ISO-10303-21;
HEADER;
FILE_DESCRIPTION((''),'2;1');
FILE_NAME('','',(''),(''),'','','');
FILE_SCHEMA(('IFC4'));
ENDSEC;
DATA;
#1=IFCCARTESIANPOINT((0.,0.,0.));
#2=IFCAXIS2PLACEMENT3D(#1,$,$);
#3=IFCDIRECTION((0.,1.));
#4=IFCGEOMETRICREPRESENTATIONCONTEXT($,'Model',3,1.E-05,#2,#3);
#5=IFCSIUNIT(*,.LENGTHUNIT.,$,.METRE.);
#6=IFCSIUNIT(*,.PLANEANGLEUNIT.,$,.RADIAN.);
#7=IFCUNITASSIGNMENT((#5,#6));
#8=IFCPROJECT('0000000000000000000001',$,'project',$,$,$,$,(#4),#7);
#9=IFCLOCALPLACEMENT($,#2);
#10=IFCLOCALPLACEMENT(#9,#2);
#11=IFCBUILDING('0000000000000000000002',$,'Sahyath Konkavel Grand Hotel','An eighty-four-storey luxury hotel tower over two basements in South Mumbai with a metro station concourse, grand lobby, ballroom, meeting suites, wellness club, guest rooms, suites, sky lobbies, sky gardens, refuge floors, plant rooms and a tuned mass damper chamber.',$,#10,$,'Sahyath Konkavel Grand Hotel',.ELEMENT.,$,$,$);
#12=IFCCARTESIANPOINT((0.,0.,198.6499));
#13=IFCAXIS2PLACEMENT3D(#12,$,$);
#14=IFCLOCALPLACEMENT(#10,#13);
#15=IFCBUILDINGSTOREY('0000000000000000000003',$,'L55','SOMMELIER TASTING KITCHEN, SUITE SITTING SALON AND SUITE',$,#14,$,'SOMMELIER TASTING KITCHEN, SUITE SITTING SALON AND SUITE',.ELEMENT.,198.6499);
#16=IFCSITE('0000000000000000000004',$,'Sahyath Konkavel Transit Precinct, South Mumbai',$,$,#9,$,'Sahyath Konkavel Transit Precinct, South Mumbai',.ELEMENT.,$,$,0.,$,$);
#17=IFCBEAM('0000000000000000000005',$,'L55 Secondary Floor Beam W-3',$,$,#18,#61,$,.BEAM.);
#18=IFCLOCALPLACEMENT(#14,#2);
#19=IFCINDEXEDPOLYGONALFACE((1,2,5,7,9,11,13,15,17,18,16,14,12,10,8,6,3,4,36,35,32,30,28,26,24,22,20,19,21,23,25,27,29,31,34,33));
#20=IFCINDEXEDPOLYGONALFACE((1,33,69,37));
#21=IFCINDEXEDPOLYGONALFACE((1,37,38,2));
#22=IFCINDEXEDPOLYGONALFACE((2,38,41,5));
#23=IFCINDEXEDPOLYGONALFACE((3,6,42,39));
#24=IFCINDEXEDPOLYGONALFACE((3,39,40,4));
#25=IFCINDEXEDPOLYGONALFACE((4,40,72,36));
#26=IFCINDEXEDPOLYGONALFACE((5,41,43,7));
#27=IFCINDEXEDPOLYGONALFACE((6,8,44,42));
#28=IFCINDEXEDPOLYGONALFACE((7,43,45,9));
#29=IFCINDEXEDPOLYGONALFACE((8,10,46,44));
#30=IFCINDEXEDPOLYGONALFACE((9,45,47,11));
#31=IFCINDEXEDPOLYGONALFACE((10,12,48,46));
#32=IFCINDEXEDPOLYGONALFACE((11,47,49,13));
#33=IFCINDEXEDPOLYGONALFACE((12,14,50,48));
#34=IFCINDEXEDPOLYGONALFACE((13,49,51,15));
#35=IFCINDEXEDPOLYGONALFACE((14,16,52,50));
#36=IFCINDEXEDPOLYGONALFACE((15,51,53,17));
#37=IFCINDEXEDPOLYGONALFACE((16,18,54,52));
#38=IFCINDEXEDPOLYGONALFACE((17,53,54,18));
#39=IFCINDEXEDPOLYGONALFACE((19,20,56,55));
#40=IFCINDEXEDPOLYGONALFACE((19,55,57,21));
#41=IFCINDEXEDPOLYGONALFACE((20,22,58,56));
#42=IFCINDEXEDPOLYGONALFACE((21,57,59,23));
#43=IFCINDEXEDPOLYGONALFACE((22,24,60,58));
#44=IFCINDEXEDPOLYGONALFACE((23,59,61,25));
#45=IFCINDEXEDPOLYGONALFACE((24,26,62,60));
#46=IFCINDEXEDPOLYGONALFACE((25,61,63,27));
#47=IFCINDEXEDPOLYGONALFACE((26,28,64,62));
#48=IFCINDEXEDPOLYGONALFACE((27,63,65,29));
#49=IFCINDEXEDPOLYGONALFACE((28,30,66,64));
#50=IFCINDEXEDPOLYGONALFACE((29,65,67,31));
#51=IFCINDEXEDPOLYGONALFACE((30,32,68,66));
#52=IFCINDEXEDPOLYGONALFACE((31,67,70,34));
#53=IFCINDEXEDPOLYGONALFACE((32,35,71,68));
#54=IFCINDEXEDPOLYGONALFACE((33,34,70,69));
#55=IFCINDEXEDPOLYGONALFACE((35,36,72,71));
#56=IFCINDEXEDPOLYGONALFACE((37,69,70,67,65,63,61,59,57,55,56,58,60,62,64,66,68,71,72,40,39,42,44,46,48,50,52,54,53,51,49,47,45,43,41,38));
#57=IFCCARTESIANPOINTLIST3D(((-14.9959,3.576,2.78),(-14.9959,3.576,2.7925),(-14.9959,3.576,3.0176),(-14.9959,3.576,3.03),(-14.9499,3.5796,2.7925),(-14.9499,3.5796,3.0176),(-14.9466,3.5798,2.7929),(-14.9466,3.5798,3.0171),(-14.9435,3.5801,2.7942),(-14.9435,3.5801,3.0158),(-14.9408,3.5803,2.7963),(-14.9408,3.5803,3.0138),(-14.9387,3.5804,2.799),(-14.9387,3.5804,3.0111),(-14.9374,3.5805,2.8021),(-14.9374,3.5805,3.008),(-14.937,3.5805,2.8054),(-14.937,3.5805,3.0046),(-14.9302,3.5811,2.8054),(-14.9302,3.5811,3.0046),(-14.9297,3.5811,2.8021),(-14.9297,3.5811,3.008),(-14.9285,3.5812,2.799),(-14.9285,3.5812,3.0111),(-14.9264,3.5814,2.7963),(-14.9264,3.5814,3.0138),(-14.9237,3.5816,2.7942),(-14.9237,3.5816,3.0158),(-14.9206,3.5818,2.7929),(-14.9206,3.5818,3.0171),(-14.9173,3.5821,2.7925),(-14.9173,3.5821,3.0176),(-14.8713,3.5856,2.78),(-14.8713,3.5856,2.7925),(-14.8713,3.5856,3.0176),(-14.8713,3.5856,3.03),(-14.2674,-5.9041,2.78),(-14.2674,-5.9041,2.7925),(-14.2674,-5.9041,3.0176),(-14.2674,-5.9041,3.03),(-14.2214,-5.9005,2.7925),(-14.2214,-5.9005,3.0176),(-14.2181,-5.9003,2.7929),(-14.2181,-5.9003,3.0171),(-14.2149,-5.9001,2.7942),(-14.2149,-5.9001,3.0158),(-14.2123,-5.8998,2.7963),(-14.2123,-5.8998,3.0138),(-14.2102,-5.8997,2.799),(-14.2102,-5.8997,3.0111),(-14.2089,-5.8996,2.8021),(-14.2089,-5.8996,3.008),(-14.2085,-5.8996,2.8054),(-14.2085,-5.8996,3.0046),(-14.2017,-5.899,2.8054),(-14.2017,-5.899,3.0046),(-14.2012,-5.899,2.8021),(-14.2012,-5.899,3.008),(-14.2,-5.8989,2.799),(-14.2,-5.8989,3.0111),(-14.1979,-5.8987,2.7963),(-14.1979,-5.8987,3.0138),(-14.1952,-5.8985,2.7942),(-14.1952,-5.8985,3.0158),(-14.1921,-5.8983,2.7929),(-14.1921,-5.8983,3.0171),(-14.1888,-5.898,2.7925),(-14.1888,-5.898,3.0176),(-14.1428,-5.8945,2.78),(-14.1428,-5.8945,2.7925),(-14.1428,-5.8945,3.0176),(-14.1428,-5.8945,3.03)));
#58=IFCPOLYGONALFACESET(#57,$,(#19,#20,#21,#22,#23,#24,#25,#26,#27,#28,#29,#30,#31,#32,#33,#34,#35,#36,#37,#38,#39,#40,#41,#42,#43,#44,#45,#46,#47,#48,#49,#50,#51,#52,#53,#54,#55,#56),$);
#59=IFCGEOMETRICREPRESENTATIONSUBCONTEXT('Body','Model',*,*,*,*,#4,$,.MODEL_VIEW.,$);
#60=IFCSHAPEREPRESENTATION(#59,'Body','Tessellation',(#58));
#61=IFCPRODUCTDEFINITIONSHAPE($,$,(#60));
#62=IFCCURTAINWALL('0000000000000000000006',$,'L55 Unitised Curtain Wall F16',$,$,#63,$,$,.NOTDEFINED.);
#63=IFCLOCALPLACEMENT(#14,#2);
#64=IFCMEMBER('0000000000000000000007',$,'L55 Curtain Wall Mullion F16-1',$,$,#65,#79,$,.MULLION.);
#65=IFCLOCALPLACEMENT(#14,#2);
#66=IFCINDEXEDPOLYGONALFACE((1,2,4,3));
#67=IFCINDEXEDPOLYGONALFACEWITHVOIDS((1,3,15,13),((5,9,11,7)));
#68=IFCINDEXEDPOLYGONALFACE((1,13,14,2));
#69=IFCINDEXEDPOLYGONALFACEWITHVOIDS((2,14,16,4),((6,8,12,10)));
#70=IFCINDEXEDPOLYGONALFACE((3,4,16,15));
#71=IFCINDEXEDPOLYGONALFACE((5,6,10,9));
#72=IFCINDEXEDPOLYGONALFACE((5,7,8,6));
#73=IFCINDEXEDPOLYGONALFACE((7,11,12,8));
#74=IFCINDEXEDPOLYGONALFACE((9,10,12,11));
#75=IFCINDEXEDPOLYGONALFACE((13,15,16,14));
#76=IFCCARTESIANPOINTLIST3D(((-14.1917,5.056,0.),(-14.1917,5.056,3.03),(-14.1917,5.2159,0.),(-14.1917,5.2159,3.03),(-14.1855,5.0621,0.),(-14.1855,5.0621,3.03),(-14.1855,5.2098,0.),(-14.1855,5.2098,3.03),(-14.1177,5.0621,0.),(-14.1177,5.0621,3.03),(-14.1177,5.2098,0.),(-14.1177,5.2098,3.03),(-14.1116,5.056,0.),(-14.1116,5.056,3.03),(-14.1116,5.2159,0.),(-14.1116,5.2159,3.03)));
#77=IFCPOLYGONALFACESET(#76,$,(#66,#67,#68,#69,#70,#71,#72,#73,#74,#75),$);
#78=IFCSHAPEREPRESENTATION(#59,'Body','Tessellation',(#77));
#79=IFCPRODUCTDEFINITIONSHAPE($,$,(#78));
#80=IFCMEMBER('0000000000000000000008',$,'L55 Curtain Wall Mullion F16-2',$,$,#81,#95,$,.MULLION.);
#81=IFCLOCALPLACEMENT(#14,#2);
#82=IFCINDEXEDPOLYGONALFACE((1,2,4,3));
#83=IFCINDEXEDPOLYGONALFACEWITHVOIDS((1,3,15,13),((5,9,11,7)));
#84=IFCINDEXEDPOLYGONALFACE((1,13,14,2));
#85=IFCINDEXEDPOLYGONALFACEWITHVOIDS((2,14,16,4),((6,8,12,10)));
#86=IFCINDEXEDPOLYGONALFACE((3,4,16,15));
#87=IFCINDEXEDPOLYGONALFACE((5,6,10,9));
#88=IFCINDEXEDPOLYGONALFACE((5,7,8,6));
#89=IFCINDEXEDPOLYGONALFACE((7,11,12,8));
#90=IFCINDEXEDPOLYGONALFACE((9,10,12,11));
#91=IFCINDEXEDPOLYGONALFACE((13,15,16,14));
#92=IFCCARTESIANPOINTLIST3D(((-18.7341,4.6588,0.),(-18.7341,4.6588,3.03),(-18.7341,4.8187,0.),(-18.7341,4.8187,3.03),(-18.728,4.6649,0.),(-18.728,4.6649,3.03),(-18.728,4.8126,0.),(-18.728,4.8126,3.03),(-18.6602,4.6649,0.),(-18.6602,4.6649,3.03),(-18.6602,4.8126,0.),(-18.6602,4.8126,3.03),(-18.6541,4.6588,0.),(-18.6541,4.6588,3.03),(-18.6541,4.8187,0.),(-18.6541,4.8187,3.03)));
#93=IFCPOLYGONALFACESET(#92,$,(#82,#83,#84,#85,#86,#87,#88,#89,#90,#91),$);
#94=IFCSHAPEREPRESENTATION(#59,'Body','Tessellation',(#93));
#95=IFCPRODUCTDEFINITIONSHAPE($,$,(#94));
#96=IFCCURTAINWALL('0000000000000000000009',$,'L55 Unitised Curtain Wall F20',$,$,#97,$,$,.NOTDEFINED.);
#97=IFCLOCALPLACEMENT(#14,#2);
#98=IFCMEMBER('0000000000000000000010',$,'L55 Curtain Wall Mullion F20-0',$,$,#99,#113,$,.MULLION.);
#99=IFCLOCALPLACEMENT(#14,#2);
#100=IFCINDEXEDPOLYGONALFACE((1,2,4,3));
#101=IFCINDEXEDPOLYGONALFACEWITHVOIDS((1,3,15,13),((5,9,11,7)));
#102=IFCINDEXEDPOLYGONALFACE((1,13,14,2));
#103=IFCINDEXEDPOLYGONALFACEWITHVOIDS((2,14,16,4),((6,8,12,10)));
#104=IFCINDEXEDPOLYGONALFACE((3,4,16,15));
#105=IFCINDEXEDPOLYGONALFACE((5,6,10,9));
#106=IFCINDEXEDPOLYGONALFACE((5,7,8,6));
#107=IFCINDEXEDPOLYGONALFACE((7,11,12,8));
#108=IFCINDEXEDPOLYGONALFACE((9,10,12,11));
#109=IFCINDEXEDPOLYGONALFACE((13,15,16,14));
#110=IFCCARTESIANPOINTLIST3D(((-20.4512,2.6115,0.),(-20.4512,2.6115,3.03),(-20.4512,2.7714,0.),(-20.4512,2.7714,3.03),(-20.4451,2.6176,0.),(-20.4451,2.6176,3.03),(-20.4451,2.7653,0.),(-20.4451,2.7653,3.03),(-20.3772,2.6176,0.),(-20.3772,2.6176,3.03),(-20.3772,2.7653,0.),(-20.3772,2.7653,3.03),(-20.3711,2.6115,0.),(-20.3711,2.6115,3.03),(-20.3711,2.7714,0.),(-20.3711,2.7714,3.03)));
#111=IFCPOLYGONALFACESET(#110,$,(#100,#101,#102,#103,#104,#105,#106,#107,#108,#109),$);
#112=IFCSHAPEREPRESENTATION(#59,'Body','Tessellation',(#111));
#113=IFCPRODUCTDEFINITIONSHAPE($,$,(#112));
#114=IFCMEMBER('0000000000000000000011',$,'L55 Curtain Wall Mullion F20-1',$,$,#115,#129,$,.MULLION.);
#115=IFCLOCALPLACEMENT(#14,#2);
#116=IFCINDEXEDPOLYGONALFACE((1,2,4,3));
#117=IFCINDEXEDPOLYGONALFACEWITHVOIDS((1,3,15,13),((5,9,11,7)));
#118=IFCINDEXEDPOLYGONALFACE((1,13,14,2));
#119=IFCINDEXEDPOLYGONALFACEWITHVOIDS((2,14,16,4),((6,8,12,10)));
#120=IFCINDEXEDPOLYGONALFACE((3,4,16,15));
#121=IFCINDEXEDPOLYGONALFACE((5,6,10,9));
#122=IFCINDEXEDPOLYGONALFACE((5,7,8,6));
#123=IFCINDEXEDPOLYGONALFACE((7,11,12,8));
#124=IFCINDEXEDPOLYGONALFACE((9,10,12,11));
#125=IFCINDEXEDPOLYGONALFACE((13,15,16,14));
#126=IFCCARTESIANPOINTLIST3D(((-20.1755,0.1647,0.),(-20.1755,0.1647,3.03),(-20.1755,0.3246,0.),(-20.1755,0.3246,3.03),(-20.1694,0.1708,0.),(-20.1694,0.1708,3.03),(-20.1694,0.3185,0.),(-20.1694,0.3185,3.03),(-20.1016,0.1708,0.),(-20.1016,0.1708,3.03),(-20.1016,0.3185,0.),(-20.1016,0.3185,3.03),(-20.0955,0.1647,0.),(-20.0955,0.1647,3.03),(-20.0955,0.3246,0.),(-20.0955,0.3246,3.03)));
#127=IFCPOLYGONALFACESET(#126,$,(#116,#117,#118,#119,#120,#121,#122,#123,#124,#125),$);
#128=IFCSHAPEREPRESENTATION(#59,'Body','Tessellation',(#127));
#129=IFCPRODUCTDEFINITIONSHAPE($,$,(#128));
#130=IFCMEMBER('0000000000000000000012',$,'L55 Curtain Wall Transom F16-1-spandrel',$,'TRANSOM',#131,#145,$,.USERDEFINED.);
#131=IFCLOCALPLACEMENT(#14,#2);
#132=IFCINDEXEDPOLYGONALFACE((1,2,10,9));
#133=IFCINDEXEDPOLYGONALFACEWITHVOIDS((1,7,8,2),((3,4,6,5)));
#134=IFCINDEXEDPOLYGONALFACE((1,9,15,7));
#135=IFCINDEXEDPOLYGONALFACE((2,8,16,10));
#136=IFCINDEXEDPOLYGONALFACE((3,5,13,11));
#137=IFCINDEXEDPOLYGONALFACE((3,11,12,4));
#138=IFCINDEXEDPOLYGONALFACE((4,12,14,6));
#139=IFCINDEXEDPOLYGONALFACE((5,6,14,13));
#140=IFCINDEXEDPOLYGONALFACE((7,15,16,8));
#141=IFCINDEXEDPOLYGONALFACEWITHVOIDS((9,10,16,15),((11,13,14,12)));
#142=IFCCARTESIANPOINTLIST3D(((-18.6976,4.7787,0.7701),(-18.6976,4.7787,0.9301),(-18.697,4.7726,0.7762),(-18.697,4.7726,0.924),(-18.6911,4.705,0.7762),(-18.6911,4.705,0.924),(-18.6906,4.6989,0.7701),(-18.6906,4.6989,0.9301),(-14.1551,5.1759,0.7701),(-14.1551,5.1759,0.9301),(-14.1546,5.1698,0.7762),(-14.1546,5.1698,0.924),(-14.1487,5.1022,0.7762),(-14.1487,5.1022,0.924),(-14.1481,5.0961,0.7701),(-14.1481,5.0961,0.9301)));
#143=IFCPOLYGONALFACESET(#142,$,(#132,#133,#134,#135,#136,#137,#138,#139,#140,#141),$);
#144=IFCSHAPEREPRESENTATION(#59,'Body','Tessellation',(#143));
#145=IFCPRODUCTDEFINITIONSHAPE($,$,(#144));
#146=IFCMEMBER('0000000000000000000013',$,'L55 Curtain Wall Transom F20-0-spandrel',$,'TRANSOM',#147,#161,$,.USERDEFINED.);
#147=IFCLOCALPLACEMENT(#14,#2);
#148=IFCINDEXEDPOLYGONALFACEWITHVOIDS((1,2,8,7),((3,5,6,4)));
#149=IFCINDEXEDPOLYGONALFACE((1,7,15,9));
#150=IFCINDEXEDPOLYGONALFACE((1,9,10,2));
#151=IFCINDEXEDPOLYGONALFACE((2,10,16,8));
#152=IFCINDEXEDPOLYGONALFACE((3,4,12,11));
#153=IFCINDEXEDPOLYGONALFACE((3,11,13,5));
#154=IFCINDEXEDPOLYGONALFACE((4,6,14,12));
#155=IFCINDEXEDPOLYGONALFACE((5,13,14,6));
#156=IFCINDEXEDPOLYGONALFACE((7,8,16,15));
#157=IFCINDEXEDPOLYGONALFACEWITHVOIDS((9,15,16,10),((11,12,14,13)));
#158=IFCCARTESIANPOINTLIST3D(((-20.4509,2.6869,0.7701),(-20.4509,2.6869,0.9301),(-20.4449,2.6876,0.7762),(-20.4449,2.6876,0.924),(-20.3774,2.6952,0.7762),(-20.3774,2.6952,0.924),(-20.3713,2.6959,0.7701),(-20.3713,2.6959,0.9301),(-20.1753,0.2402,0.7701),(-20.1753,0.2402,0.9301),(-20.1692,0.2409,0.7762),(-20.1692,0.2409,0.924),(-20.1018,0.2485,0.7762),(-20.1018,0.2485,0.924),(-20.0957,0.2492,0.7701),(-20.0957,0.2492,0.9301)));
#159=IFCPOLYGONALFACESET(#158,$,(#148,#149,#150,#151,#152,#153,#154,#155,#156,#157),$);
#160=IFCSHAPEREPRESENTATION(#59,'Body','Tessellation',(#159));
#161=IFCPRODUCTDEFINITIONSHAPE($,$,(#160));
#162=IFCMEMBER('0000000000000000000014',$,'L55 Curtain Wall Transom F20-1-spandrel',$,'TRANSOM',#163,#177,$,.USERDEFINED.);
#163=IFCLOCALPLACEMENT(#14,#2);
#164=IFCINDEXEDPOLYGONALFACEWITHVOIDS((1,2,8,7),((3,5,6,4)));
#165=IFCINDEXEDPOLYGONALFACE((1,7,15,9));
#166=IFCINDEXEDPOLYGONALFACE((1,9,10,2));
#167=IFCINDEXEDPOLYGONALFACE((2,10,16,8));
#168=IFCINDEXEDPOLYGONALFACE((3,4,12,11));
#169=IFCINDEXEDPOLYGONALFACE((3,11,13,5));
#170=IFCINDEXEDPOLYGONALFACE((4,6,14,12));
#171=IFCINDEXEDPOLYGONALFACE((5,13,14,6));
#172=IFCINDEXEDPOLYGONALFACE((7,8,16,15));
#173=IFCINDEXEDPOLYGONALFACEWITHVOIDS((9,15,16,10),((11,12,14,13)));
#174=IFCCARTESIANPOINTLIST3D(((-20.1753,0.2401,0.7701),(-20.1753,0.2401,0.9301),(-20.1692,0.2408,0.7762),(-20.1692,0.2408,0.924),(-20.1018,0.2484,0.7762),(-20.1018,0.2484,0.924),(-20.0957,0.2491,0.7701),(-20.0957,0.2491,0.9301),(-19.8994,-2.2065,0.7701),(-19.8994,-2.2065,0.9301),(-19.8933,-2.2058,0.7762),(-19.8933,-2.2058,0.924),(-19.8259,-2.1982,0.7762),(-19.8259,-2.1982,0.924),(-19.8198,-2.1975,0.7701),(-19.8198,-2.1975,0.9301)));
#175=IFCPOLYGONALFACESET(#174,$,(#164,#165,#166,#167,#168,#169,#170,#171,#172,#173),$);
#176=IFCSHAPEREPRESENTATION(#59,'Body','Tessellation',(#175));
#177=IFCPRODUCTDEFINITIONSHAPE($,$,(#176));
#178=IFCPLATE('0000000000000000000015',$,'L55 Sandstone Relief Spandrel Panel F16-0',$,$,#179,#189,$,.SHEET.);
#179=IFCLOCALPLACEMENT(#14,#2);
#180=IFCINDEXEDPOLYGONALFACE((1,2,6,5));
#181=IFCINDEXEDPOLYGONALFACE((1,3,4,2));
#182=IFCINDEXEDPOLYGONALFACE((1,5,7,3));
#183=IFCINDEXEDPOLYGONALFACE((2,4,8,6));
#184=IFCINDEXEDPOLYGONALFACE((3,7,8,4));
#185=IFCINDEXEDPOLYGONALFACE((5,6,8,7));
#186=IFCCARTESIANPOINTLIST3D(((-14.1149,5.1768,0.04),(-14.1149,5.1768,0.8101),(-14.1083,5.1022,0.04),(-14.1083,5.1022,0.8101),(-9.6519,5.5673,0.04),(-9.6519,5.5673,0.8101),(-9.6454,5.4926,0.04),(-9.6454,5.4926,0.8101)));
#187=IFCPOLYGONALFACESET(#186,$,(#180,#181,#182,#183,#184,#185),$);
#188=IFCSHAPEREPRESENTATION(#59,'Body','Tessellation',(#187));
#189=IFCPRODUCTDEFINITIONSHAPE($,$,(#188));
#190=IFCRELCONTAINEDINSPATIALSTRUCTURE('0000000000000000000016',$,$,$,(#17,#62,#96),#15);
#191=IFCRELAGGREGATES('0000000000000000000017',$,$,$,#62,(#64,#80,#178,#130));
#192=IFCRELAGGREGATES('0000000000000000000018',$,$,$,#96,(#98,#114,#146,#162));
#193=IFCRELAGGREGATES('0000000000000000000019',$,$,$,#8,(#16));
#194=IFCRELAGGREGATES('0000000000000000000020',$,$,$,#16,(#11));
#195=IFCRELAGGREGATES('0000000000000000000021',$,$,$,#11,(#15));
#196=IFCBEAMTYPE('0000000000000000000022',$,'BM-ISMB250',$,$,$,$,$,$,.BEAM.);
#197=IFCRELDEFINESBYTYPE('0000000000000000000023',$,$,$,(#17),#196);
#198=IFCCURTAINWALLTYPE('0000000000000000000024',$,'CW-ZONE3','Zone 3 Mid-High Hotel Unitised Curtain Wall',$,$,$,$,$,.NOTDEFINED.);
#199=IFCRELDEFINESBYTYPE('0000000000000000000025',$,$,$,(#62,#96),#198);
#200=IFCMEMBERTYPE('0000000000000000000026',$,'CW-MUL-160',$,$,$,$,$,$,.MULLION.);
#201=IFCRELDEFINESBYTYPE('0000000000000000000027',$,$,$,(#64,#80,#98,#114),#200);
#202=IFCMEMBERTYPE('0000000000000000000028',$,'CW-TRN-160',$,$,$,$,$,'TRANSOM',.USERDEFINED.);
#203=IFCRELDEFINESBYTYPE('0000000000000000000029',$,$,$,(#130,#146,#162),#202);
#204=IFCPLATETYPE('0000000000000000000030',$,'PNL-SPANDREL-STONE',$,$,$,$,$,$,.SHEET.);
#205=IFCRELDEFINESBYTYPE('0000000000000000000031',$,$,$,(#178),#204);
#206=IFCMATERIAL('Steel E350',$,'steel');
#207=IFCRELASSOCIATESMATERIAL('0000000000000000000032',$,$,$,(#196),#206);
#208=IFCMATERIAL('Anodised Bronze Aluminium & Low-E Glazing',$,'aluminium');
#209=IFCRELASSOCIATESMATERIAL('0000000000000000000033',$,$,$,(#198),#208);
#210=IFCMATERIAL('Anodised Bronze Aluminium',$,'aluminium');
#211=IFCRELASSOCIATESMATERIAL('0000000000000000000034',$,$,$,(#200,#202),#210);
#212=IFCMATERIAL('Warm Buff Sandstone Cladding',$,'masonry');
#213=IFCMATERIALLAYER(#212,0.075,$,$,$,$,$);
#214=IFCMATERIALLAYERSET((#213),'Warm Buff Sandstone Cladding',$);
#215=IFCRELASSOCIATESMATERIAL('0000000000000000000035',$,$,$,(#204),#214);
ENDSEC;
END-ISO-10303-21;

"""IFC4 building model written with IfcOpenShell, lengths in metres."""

from ifc_helpers import new_model, si_unit, direction, frame, origin, origin_2d, place, context, subcontext, project, spatial, rectangle, hollow_rectangle, i_section, extrude, source, transform, mapped, material, layer, layer_set, material_profile, profile_set, type_object, element, aggregate, save


model = new_model("IFC4")

# Units and contexts
model_context = context("Model", 3, precision=1e-05, world=origin(), true_north=direction((0.0, 1.0)))
body_context = subcontext(model_context, "Body", "Model", "MODEL_VIEW")
ifc_project = project(units=[si_unit("LENGTHUNIT", "METRE"), si_unit("PLANEANGLEUNIT", "RADIAN")], contexts=[model_context])

# Site, building, storey
site_placement = place(None, origin())
site = spatial("IfcSite", under=ifc_project, at=site_placement, Name="Sahyath Konkavel Transit Precinct, South Mumbai", LongName="Sahyath Konkavel Transit Precinct, South Mumbai", CompositionType="ELEMENT", RefElevation=0.0)
building_placement = place(site_placement, origin())
building = spatial("IfcBuilding", under=site, at=building_placement, Name="Sahyath Konkavel Grand Hotel", Description="An eighty-four-storey luxury hotel tower over two basements in South Mumbai with a metro station concourse, grand lobby, ballroom, meeting suites, wellness club, guest rooms, suites, sky lobbies, sky gardens, refuge floors, plant rooms and a tuned mass damper chamber.", LongName="Sahyath Konkavel Grand Hotel", CompositionType="ELEMENT")
storey_placement = place(building_placement, frame((0.0, 0.0, 198.6499)))
storey = spatial("IfcBuildingStorey", under=building, at=storey_placement, Name="L55", Description="SOMMELIER TASTING KITCHEN, SUITE SITTING SALON AND SUITE", LongName="SOMMELIER TASTING KITCHEN, SUITE SITTING SALON AND SUITE", CompositionType="ELEMENT", Elevation=198.6499)

# Beam
ifc_material_1 = material(Name="Steel E350", Category="steel")
ifc_material_profile_1 = material_profile(ifc_material_1, i_section(OverallWidth=0.125, OverallDepth=0.25, WebThickness=0.0068, FlangeThickness=0.0125, FilletRadius=0.0129, at=origin_2d()), Name="ISMB 250")
ifc_profile_set_1 = profile_set([ifc_material_profile_1], Name="Steel E350")
beam_type_1 = type_object("IfcBeamType", Name="BM-ISMB250", PredefinedType="BEAM", material=ifc_profile_set_1)
shared_shape_1 = source(origin(), body_context, "Body", "SweptSolid", [
    extrude(i_section(OverallWidth=0.125, OverallDepth=0.25, WebThickness=0.0068, FlangeThickness=0.0125, FilletRadius=0.0129, at=origin_2d()), origin(), (0.0, 0.0, 1.0), 9.5081),
])
beam_1_placement = place(storey_placement, frame((-14.9336, 3.5808, 2.905), z_axis=(0.07662, -0.99706, 0.0), x_axis=(0.99706, 0.07662, 0.0)))
element("IfcBeam", 1, at=beam_1_placement, inside=storey, type_object=beam_type_1, Name="L55 Secondary Floor Beam W-3", PredefinedType="BEAM", context=body_context, shape_type="MappedRepresentation", body=[
    mapped(shared_shape_1, transform((0.0, 0.0, 0.0), scale=1.0)),
])

# Curtain walls, members
ifc_material_2 = material(Name="Anodised Bronze Aluminium & Low-E Glazing", Category="aluminium")
curtain_wall_type = type_object("IfcCurtainWallType", Name="CW-ZONE3", Description="Zone 3 Mid-High Hotel Unitised Curtain Wall", PredefinedType="NOTDEFINED", material=ifc_material_2)
curtain_wall_1_placement = place(storey_placement, origin())
curtain_wall_1 = element("IfcCurtainWall", 2, at=curtain_wall_1_placement, inside=storey, type_object=curtain_wall_type, Name="L55 Unitised Curtain Wall F16", PredefinedType="NOTDEFINED")
ifc_material_3 = material(Name="Anodised Bronze Aluminium", Category="aluminium")
ifc_material_profile_2 = material_profile(ifc_material_3, hollow_rectangle(XDim=0.0801, YDim=0.1599, WallThickness=0.0061, at=origin_2d()), Name="RHS 160x80x6")
ifc_profile_set_2 = profile_set([ifc_material_profile_2], Name="Anodised Bronze Aluminium")
member_type_1 = type_object("IfcMemberType", Name="CW-MUL-160", PredefinedType="MULLION", material=ifc_profile_set_2)
shared_shape_2 = source(origin(), body_context, "Body", "SweptSolid", [
    extrude(hollow_rectangle(XDim=0.0801, YDim=0.1599, WallThickness=0.0061, at=origin_2d()), origin(), (0.0, 0.0, 1.0), 3.03),
])
member_1_placement = place(storey_placement, frame((-14.1516, 5.136, 0.0), z_axis=(0.0, 0.0, 1.0), x_axis=(1.0, 0.0, 0.0)))
member_1 = element("IfcMember", 3, at=member_1_placement, type_object=member_type_1, Name="L55 Curtain Wall Mullion F16-1", PredefinedType="MULLION", context=body_context, shape_type="MappedRepresentation", body=[
    mapped(shared_shape_2, transform((0.0, 0.0, 0.0), scale=1.0)),
])
member_2_placement = place(storey_placement, frame((-18.6941, 4.7388, 0.0), z_axis=(0.0, 0.0, 1.0), x_axis=(1.0, 0.0, 0.0)))
member_2 = element("IfcMember", 4, at=member_2_placement, type_object=member_type_1, Name="L55 Curtain Wall Mullion F16-2", PredefinedType="MULLION", context=body_context, shape_type="MappedRepresentation", body=[
    mapped(shared_shape_2, transform((0.0, 0.0, 0.0), scale=1.0)),
])
curtain_wall_2_placement = place(storey_placement, origin())
curtain_wall_2 = element("IfcCurtainWall", 5, at=curtain_wall_2_placement, inside=storey, type_object=curtain_wall_type, Name="L55 Unitised Curtain Wall F20", PredefinedType="NOTDEFINED")
member_3_placement = place(storey_placement, frame((-20.4111, 2.6914, 0.0), z_axis=(0.0, 0.0, 1.0), x_axis=(1.0, 0.0, 0.0)))
member_3 = element("IfcMember", 6, at=member_3_placement, type_object=member_type_1, Name="L55 Curtain Wall Mullion F20-0", PredefinedType="MULLION", context=body_context, shape_type="MappedRepresentation", body=[
    mapped(shared_shape_2, transform((0.0, 0.0, 0.0), scale=1.0)),
])
member_4_placement = place(storey_placement, frame((-20.1355, 0.2446, 0.0), z_axis=(0.0, 0.0, 1.0), x_axis=(1.0, 0.0, 0.0)))
member_4 = element("IfcMember", 7, at=member_4_placement, type_object=member_type_1, Name="L55 Curtain Wall Mullion F20-1", PredefinedType="MULLION", context=body_context, shape_type="MappedRepresentation", body=[
    mapped(shared_shape_2, transform((0.0, 0.0, 0.0), scale=1.0)),
])

# Members
ifc_material_profile_3 = material_profile(ifc_material_3, hollow_rectangle(XDim=0.0801, YDim=0.1599, WallThickness=0.0061, at=origin_2d()), Name="RHS 160x80x6")
ifc_profile_set_3 = profile_set([ifc_material_profile_3], Name="Anodised Bronze Aluminium")
member_type_2 = type_object("IfcMemberType", Name="CW-TRN-160", ElementType="TRANSOM", PredefinedType="USERDEFINED", material=ifc_profile_set_3)
shared_shape_3 = source(origin(), body_context, "Body", "SweptSolid", [
    extrude(hollow_rectangle(XDim=0.0801, YDim=0.1599, WallThickness=0.0061, at=origin_2d()), origin(), (0.0, 0.0, 1.0), 4.5598),
])
member_5_placement = place(storey_placement, frame((-14.1516, 5.136, 0.8501), z_axis=(-0.996198, -0.087112, 0.0), x_axis=(0.087112, -0.996198, 0.0)))
member_5 = element("IfcMember", 8, at=member_5_placement, type_object=member_type_2, Name="L55 Curtain Wall Transom F16-1-spandrel", ObjectType="TRANSOM", PredefinedType="USERDEFINED", context=body_context, shape_type="MappedRepresentation", body=[
    mapped(shared_shape_3, transform((0.0, 0.0, 0.0), scale=1.0)),
])
shared_shape_4 = source(origin(), body_context, "Body", "SweptSolid", [
    extrude(hollow_rectangle(XDim=0.0801, YDim=0.1599, WallThickness=0.0061, at=origin_2d()), origin(), (0.0, 0.0, 1.0), 2.4622),
])
member_6_placement = place(storey_placement, frame((-20.4111, 2.6914, 0.8501), z_axis=(0.111944, -0.993715, 0.0), x_axis=(0.993715, 0.111944, 0.0)))
member_6 = element("IfcMember", 9, at=member_6_placement, type_object=member_type_2, Name="L55 Curtain Wall Transom F20-0-spandrel", ObjectType="TRANSOM", PredefinedType="USERDEFINED", context=body_context, shape_type="MappedRepresentation", body=[
    mapped(shared_shape_4, transform((0.0, 0.0, 0.0), scale=1.0)),
])
member_7_placement = place(storey_placement, frame((-20.1355, 0.2446, 0.8501), z_axis=(0.112053, -0.993702, 0.0), x_axis=(0.993702, 0.112053, 0.0)))
member_7 = element("IfcMember", 10, at=member_7_placement, type_object=member_type_2, Name="L55 Curtain Wall Transom F20-1-spandrel", ObjectType="TRANSOM", PredefinedType="USERDEFINED", context=body_context, shape_type="MappedRepresentation", body=[
    mapped(shared_shape_4, transform((0.0, 0.0, 0.0), scale=1.0)),
])

# Plate
ifc_material_4 = material(Name="Warm Buff Sandstone Cladding", Category="masonry")
ifc_layer_1 = layer(ifc_material_4, 0.075)
ifc_layer_set_1 = layer_set([ifc_layer_1], Name="Warm Buff Sandstone Cladding")
plate_type_1 = type_object("IfcPlateType", Name="PNL-SPANDREL-STONE", PredefinedType="SHEET", material=ifc_layer_set_1)
shared_shape_5 = source(origin(), body_context, "Body", "SweptSolid", [
    extrude(rectangle(XDim=4.48, YDim=0.075, at=origin_2d()), origin(), (0.0, 0.0, 1.0), 0.77),
])
plate_1_placement = place(storey_placement, frame((-11.8801, 5.3347, 0.04), z_axis=(0.0, 0.0, 1.0), x_axis=(-0.996195, -0.087156, 0.0)))
plate_1 = element("IfcPlate", 11, at=plate_1_placement, type_object=plate_type_1, Name="L55 Sandstone Relief Spandrel Panel F16-0", PredefinedType="SHEET", context=body_context, shape_type="MappedRepresentation", body=[
    mapped(shared_shape_5, transform((0.0, 0.0, 0.0), scale=1.0)),
])
aggregate(curtain_wall_1, [member_1, member_2, plate_1, member_5])
aggregate(curtain_wall_2, [member_3, member_4, member_6, member_7])

save(model, "model.ifc")
